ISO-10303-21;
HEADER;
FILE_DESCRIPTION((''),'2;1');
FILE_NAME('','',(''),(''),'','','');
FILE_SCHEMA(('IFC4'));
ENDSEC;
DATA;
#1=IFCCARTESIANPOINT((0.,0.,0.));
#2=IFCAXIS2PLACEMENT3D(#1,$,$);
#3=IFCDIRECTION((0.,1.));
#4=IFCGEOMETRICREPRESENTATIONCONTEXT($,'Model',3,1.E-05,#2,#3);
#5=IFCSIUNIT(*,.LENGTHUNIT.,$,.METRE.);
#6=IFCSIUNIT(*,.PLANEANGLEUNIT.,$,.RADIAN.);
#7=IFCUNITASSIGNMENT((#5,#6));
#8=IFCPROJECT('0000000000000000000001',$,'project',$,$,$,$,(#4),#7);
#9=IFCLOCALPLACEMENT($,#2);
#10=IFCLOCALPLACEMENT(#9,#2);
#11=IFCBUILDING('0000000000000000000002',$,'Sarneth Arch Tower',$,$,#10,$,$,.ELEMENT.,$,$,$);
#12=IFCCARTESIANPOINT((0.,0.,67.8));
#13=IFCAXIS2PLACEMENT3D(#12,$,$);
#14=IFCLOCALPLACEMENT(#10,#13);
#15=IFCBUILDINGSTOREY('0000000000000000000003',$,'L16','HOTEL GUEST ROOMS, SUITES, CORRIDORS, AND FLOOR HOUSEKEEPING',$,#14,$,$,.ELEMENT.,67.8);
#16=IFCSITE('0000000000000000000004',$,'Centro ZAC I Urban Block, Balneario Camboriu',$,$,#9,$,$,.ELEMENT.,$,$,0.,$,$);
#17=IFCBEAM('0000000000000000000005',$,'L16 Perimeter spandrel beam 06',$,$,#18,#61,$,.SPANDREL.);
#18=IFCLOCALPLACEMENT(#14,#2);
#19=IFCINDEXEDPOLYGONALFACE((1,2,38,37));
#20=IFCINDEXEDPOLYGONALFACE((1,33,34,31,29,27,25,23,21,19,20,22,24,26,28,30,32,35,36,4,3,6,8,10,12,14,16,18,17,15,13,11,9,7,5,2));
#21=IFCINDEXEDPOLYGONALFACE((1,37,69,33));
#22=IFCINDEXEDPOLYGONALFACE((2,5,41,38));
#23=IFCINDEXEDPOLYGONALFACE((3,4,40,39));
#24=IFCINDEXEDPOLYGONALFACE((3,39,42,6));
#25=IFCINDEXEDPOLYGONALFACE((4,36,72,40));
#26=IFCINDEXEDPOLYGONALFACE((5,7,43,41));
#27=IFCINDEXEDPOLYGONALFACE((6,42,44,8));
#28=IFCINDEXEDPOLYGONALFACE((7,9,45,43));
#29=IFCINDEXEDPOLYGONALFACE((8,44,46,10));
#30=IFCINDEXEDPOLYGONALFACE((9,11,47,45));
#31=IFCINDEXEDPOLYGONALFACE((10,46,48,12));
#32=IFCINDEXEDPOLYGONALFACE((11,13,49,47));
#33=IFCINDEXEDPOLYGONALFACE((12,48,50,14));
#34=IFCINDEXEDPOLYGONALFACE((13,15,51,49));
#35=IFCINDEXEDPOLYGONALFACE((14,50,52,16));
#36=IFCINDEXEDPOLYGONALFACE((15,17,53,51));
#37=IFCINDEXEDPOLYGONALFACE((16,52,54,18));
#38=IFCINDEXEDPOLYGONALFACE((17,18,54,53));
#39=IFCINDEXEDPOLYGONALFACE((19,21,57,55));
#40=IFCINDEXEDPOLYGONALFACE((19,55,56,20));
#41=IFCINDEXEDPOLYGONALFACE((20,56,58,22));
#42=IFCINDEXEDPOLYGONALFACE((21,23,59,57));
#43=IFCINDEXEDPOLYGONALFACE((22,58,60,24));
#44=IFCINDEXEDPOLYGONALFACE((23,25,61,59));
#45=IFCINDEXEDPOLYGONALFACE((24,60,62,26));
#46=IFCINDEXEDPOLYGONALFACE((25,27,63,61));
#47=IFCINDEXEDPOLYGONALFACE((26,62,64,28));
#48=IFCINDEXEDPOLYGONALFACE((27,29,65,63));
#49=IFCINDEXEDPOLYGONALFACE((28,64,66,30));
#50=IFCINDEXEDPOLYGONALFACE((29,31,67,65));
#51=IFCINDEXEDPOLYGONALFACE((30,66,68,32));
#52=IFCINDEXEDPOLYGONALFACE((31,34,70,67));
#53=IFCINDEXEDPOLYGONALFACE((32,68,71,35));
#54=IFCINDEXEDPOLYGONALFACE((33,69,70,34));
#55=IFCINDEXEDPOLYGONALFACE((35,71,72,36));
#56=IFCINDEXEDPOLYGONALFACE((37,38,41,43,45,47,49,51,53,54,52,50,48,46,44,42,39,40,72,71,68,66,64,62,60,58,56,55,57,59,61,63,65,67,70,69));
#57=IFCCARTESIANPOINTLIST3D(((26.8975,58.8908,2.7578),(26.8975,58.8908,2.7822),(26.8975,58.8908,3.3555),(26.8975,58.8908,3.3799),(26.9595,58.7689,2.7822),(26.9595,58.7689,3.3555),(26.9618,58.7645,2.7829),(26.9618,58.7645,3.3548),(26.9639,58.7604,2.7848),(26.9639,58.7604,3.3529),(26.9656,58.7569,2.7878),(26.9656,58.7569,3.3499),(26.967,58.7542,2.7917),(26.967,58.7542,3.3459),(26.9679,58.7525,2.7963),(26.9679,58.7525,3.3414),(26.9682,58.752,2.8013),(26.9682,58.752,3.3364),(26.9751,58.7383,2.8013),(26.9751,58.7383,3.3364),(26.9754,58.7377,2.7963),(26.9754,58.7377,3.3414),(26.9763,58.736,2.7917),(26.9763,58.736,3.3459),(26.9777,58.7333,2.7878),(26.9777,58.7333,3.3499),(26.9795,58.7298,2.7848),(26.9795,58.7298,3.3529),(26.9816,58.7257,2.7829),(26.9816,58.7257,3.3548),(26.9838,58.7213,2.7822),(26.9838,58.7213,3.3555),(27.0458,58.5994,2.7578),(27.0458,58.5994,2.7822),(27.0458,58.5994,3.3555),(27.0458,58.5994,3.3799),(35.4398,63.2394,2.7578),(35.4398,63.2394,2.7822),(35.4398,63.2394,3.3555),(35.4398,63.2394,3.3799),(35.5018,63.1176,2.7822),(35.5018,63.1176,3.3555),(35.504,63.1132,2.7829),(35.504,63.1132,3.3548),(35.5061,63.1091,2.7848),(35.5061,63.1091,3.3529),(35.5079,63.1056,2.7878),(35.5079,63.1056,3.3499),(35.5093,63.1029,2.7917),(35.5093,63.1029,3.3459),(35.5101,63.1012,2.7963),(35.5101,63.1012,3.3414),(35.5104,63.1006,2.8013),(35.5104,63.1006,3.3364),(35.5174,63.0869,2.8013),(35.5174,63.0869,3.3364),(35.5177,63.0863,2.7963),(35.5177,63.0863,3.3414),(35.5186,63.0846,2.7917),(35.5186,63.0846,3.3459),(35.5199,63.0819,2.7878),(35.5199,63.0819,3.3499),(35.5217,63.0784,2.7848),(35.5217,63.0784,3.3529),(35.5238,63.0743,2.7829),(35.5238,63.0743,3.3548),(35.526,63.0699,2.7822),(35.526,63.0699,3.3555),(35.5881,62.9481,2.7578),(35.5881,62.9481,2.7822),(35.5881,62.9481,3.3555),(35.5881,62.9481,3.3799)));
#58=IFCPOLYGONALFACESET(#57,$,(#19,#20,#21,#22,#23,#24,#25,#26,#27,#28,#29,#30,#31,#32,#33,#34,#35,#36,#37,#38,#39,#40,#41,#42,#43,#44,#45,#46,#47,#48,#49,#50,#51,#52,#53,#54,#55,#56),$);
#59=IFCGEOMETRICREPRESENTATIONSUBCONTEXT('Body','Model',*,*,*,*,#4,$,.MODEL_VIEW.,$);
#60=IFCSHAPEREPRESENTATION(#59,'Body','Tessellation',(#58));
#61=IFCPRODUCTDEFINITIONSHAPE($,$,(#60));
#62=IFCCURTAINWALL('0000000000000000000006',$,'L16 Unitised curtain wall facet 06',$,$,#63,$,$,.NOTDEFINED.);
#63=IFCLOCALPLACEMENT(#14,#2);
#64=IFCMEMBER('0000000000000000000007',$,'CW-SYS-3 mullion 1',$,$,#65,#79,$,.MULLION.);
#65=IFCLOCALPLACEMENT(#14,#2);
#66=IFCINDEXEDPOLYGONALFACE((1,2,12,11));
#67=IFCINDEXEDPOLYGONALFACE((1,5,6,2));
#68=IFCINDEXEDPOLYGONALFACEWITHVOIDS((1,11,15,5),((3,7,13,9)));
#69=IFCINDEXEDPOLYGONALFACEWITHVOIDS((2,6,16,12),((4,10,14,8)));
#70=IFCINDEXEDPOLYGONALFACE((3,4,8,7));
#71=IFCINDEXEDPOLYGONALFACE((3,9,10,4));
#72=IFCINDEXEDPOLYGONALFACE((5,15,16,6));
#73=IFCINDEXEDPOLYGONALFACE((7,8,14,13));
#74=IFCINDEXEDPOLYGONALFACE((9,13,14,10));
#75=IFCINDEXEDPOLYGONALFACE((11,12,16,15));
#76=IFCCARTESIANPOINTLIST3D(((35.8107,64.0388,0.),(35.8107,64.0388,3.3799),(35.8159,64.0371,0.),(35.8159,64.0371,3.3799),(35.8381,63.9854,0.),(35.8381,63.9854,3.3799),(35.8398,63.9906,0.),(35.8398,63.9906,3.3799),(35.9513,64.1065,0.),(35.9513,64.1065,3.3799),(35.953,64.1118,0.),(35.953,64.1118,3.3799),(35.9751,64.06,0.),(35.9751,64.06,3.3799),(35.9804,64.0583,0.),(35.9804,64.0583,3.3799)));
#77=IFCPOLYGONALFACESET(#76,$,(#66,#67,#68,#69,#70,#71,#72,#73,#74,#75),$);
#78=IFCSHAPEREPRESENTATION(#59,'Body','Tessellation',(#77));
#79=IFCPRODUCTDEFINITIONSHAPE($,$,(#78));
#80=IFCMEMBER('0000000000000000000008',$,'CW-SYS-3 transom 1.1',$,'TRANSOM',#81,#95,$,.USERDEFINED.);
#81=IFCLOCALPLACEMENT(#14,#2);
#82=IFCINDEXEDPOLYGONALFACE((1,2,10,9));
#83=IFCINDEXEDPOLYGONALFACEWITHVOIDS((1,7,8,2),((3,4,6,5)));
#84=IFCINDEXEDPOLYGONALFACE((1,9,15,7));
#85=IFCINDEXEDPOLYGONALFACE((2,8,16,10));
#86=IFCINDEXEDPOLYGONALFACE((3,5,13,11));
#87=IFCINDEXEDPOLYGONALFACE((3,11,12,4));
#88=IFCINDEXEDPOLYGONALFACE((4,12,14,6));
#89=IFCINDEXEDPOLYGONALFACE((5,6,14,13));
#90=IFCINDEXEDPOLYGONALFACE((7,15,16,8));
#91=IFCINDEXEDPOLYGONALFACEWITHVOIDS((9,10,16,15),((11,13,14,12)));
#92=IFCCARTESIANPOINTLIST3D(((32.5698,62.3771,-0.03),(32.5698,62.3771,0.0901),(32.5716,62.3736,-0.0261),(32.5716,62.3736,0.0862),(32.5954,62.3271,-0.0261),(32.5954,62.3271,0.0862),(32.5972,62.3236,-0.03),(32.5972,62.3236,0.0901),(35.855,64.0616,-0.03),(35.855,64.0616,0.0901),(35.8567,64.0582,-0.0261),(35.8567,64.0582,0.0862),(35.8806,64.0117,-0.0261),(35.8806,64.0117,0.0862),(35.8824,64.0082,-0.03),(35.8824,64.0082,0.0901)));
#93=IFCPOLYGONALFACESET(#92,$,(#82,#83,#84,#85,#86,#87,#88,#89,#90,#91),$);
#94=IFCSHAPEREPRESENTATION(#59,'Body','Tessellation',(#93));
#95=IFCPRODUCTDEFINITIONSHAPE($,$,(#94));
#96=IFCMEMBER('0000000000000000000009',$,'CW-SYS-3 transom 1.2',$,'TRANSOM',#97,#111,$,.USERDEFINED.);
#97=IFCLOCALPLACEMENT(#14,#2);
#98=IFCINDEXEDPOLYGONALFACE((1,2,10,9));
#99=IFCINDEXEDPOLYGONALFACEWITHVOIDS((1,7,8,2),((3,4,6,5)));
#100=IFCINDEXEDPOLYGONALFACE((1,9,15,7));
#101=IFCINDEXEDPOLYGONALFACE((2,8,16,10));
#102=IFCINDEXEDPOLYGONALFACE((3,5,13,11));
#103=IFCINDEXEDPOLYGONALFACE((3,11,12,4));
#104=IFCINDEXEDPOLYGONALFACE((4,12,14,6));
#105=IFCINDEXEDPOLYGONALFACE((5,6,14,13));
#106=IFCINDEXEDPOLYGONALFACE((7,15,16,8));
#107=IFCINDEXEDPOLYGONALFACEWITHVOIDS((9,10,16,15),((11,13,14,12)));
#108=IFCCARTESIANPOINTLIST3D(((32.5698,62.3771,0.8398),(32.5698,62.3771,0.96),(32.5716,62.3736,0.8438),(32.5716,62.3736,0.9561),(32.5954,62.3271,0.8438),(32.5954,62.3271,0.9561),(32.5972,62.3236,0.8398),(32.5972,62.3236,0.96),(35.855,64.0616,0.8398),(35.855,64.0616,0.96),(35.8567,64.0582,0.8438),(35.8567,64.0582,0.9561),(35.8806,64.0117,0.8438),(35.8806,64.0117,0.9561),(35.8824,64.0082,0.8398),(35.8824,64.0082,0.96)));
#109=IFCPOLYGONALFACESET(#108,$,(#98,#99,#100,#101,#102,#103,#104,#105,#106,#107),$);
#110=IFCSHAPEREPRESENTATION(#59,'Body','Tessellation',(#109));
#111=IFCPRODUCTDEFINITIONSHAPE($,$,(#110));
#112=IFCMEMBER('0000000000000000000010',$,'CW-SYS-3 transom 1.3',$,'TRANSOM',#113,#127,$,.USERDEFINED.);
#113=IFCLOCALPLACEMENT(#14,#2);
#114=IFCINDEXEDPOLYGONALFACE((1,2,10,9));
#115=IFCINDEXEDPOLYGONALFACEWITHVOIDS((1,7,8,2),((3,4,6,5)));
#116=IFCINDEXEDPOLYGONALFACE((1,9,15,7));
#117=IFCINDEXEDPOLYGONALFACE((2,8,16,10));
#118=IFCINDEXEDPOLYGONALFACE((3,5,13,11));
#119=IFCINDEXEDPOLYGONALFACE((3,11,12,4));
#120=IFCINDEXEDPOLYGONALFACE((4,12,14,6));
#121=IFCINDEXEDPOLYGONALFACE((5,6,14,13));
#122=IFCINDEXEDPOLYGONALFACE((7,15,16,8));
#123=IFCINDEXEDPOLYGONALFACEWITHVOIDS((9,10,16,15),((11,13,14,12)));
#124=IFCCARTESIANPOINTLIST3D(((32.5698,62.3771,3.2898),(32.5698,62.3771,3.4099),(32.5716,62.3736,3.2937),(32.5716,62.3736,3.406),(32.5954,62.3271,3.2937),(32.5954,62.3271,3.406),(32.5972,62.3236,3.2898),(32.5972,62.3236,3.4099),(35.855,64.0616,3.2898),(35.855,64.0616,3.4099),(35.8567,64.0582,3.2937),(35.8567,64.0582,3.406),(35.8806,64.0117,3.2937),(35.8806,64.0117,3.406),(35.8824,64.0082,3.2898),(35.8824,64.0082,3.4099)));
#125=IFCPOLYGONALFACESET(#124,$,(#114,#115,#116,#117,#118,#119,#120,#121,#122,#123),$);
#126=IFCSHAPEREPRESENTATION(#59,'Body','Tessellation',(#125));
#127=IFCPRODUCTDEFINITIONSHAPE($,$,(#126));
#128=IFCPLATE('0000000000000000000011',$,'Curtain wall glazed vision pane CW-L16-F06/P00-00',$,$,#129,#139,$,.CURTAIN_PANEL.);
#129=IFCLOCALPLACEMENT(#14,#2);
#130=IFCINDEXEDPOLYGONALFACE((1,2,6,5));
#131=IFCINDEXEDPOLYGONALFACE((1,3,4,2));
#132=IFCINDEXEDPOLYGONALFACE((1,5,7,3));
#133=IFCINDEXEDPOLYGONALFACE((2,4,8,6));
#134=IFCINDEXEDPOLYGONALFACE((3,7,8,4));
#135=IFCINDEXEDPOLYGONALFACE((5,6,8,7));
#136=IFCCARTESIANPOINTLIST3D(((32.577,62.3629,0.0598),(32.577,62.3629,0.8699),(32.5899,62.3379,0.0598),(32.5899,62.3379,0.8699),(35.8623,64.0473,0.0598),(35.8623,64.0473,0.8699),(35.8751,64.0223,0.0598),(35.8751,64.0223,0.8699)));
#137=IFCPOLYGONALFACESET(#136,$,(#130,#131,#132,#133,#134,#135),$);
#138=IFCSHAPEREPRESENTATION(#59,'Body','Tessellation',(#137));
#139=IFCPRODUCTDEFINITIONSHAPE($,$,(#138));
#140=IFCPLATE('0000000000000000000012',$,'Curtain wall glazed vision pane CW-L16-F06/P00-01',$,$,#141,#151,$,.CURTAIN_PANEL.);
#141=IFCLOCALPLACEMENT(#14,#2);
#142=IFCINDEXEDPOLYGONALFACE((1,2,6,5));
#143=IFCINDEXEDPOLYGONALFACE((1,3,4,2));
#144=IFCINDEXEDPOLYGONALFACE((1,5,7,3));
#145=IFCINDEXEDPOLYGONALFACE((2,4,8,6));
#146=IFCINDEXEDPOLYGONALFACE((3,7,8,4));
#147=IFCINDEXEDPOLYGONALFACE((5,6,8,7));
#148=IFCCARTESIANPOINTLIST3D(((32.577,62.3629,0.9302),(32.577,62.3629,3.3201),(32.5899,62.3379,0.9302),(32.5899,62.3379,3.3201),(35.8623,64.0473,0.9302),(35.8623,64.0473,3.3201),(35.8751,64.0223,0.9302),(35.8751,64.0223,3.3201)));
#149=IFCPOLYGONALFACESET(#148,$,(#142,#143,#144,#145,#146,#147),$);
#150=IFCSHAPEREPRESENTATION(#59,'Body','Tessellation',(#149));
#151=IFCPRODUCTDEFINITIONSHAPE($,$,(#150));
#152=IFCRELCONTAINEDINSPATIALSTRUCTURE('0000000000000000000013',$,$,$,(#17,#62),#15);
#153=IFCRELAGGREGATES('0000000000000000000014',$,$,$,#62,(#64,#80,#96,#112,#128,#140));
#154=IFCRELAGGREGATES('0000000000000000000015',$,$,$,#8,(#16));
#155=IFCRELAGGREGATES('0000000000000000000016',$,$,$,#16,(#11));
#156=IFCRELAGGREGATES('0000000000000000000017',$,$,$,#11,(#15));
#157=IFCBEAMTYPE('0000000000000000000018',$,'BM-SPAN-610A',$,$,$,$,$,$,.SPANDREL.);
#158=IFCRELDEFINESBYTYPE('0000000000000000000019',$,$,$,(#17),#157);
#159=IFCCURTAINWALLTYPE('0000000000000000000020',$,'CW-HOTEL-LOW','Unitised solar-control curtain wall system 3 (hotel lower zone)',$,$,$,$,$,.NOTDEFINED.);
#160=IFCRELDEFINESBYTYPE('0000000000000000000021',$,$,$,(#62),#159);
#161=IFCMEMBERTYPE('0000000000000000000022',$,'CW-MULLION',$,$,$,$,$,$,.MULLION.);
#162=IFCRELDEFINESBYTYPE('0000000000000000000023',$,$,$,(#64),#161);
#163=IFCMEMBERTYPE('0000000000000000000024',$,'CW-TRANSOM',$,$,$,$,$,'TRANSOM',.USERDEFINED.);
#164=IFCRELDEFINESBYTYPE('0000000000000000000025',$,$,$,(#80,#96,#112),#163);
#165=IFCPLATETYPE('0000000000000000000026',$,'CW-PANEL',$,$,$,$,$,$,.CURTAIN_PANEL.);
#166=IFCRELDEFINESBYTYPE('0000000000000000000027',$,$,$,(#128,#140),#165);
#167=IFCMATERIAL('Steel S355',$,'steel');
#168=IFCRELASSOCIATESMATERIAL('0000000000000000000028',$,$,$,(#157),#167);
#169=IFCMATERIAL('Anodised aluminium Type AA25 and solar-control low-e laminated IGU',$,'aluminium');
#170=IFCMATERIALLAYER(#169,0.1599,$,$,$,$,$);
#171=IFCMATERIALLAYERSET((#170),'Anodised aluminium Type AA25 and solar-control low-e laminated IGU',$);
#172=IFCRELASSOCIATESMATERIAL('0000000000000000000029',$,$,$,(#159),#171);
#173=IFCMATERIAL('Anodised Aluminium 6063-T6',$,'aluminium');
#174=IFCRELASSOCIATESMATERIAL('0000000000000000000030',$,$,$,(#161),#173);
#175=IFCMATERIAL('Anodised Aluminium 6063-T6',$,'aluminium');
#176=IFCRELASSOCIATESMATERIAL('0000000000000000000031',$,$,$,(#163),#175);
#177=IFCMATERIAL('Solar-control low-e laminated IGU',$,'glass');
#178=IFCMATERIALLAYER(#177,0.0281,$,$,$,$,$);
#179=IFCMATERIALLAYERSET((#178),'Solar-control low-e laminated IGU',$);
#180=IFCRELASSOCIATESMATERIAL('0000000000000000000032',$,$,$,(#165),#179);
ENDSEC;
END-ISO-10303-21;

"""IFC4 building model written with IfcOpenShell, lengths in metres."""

from ifc_helpers import new_model, si_unit, direction, frame, origin, origin_2d, place, context, subcontext, project, spatial, rectangle, hollow_rectangle, i_section, extrude, material, layer, layer_set, material_profile, profile_set, type_object, element, aggregate, save


model = new_model("IFC4")

# Units and contexts
model_context = context("Model", 3, precision=1e-05, world=origin(), true_north=direction((0.0, 1.0)))
body_context = subcontext(model_context, "Body", "Model", "MODEL_VIEW")
ifc_project = project(units=[si_unit("LENGTHUNIT", "METRE"), si_unit("PLANEANGLEUNIT", "RADIAN")], contexts=[model_context])

# Site, building, storey
site_placement = place(None, origin())
site = spatial("IfcSite", under=ifc_project, at=site_placement, Name="Centro ZAC I Urban Block, Balneario Camboriu", CompositionType="ELEMENT", RefElevation=0.0)
building_placement = place(site_placement, origin())
building = spatial("IfcBuilding", under=site, at=building_placement, Name="Sarneth Arch Tower", CompositionType="ELEMENT")
storey_placement = place(building_placement, frame((0.0, 0.0, 67.8)))
storey = spatial("IfcBuildingStorey", under=building, at=storey_placement, Name="L16", Description="HOTEL GUEST ROOMS, SUITES, CORRIDORS, AND FLOOR HOUSEKEEPING", CompositionType="ELEMENT", Elevation=67.8)

# Beam
ifc_material_1 = material(Name="Steel S355", Category="steel")
ifc_material_profile_1 = material_profile(ifc_material_1, i_section(OverallWidth=0.3269, OverallDepth=0.6221, WebThickness=0.0154, FlangeThickness=0.0244, FilletRadius=0.019, at=origin_2d()), Name="W610x195")
ifc_profile_set_1 = profile_set([ifc_material_profile_1], Name="Steel S355")
beam_type_1 = type_object("IfcBeamType", Name="BM-SPAN-610A", PredefinedType="SPANDREL", material=ifc_profile_set_1)
beam_1_placement = place(storey_placement, frame((35.5139, 63.0938, 3.0688), z_axis=(-0.891169, -0.453671, 0.0), x_axis=(0.453671, -0.891169, 0.0)))
element("IfcBeam", 1, at=beam_1_placement, inside=storey, type_object=beam_type_1, Name="L16 Perimeter spandrel beam 06", PredefinedType="SPANDREL", context=body_context, shape_type="SweptSolid", body=[
    extrude(i_section(OverallWidth=0.3269, OverallDepth=0.6221, WebThickness=0.0154, FlangeThickness=0.0244, FilletRadius=0.019, at=origin_2d()), origin(), (0.0, 0.0, 1.0), 9.5854),
])

# Curtain wall, members, plates
ifc_material_2 = material(Name="Anodised aluminium Type AA25 and solar-control low-e laminated IGU", Category="aluminium")
ifc_layer_1 = layer(ifc_material_2, 0.1599)
ifc_layer_set_1 = layer_set([ifc_layer_1], Name="Anodised aluminium Type AA25 and solar-control low-e laminated IGU")
curtain_wall_type = type_object("IfcCurtainWallType", Name="CW-HOTEL-LOW", Description="Unitised solar-control curtain wall system 3 (hotel lower zone)", PredefinedType="NOTDEFINED", material=ifc_layer_set_1)
curtain_wall_placement = place(storey_placement, origin())
curtain_wall = element("IfcCurtainWall", 2, at=curtain_wall_placement, inside=storey, type_object=curtain_wall_type, Name="L16 Unitised curtain wall facet 06", PredefinedType="NOTDEFINED")
ifc_material_3 = material(Name="Anodised Aluminium 6063-T6", Category="aluminium")
ifc_material_profile_2 = material_profile(ifc_material_3, hollow_rectangle(XDim=0.0601, YDim=0.1599, WallThickness=0.0039, at=origin_2d()), Name="AL-MULL-160x60x4")
ifc_profile_set_2 = profile_set([ifc_material_profile_2], Name="Anodised Aluminium 6063-T6")
member_type_1 = type_object("IfcMemberType", Name="CW-MULLION", PredefinedType="MULLION", material=ifc_profile_set_2)
member_1_placement = place(storey_placement, frame((35.8955, 64.0486, 0.0), z_axis=(0.0, 0.0, 1.0), x_axis=(0.456245, -0.889854, 0.0)))
member_1 = element("IfcMember", 3, at=member_1_placement, type_object=member_type_1, Name="CW-SYS-3 mullion 1", PredefinedType="MULLION", context=body_context, shape_type="SweptSolid", body=[
    extrude(hollow_rectangle(XDim=0.0601, YDim=0.1599, WallThickness=0.0039, at=origin_2d()), origin(), (0.0, 0.0, 1.0), 3.3799),
])
ifc_material_4 = material(Name="Anodised Aluminium 6063-T6", Category="aluminium")
ifc_material_profile_3 = material_profile(ifc_material_4, hollow_rectangle(XDim=0.0601, YDim=0.1201, WallThickness=0.0039, at=origin_2d()), Name="AL-TRAN-120x60x4")
ifc_profile_set_3 = profile_set([ifc_material_profile_3], Name="Anodised Aluminium 6063-T6")
member_type_2 = type_object("IfcMemberType", Name="CW-TRANSOM", ElementType="TRANSOM", PredefinedType="USERDEFINED", material=ifc_profile_set_3)
member_2_placement = place(storey_placement, frame((35.8687, 64.0349, 0.03), z_axis=(-0.889831, -0.45629, 0.0), x_axis=(0.45629, -0.889831, 0.0)))
member_2 = element("IfcMember", 4, at=member_2_placement, type_object=member_type_2, Name="CW-SYS-3 transom 1.1", ObjectType="TRANSOM", PredefinedType="USERDEFINED", context=body_context, shape_type="SweptSolid", body=[
    extrude(hollow_rectangle(XDim=0.0601, YDim=0.1201, WallThickness=0.0039, at=origin_2d()), origin(), (0.0, 0.0, 1.0), 3.6919),
])
member_3_placement = place(storey_placement, frame((35.8687, 64.0349, 0.8999), z_axis=(-0.889831, -0.45629, 0.0), x_axis=(0.45629, -0.889831, 0.0)))
member_3 = element("IfcMember", 5, at=member_3_placement, type_object=member_type_2, Name="CW-SYS-3 transom 1.2", ObjectType="TRANSOM", PredefinedType="USERDEFINED", context=body_context, shape_type="SweptSolid", body=[
    extrude(hollow_rectangle(XDim=0.0601, YDim=0.1201, WallThickness=0.0039, at=origin_2d()), origin(), (0.0, 0.0, 1.0), 3.6919),
])
member_4_placement = place(storey_placement, frame((35.8687, 64.0349, 3.3499), z_axis=(-0.889831, -0.45629, 0.0), x_axis=(0.45629, -0.889831, 0.0)))
member_4 = element("IfcMember", 6, at=member_4_placement, type_object=member_type_2, Name="CW-SYS-3 transom 1.3", ObjectType="TRANSOM", PredefinedType="USERDEFINED", context=body_context, shape_type="SweptSolid", body=[
    extrude(hollow_rectangle(XDim=0.0601, YDim=0.1201, WallThickness=0.0039, at=origin_2d()), origin(), (0.0, 0.0, 1.0), 3.6919),
])
ifc_material_5 = material(Name="Solar-control low-e laminated IGU", Category="glass")
ifc_layer_2 = layer(ifc_material_5, 0.0281)
ifc_layer_set_2 = layer_set([ifc_layer_2], Name="Solar-control low-e laminated IGU")
plate_type = type_object("IfcPlateType", Name="CW-PANEL", PredefinedType="CURTAIN_PANEL", material=ifc_layer_set_2)
plate_1_placement = place(storey_placement, frame((34.2261, 63.1926, 0.0598), z_axis=(0.0, 0.0, 1.0), x_axis=(-0.889854, -0.456245, 0.0)))
plate_1 = element("IfcPlate", 7, at=plate_1_placement, type_object=plate_type, Name="Curtain wall glazed vision pane CW-L16-F06/P00-00", PredefinedType="CURTAIN_PANEL", context=body_context, shape_type="SweptSolid", body=[
    extrude(rectangle(XDim=3.6919, YDim=0.0281, at=origin_2d()), origin(), (0.0, 0.0, 1.0), 0.8101),
])
plate_2_placement = place(storey_placement, frame((34.2261, 63.1926, 0.9302), z_axis=(0.0, 0.0, 1.0), x_axis=(-0.889854, -0.456245, 0.0)))
plate_2 = element("IfcPlate", 8, at=plate_2_placement, type_object=plate_type, Name="Curtain wall glazed vision pane CW-L16-F06/P00-01", PredefinedType="CURTAIN_PANEL", context=body_context, shape_type="SweptSolid", body=[
    extrude(rectangle(XDim=3.6919, YDim=0.0281, at=origin_2d()), origin(), (0.0, 0.0, 1.0), 2.3899),
])
aggregate(curtain_wall, [member_1, member_2, member_3, member_4, plate_1, plate_2])

save(model, "model.ifc")
